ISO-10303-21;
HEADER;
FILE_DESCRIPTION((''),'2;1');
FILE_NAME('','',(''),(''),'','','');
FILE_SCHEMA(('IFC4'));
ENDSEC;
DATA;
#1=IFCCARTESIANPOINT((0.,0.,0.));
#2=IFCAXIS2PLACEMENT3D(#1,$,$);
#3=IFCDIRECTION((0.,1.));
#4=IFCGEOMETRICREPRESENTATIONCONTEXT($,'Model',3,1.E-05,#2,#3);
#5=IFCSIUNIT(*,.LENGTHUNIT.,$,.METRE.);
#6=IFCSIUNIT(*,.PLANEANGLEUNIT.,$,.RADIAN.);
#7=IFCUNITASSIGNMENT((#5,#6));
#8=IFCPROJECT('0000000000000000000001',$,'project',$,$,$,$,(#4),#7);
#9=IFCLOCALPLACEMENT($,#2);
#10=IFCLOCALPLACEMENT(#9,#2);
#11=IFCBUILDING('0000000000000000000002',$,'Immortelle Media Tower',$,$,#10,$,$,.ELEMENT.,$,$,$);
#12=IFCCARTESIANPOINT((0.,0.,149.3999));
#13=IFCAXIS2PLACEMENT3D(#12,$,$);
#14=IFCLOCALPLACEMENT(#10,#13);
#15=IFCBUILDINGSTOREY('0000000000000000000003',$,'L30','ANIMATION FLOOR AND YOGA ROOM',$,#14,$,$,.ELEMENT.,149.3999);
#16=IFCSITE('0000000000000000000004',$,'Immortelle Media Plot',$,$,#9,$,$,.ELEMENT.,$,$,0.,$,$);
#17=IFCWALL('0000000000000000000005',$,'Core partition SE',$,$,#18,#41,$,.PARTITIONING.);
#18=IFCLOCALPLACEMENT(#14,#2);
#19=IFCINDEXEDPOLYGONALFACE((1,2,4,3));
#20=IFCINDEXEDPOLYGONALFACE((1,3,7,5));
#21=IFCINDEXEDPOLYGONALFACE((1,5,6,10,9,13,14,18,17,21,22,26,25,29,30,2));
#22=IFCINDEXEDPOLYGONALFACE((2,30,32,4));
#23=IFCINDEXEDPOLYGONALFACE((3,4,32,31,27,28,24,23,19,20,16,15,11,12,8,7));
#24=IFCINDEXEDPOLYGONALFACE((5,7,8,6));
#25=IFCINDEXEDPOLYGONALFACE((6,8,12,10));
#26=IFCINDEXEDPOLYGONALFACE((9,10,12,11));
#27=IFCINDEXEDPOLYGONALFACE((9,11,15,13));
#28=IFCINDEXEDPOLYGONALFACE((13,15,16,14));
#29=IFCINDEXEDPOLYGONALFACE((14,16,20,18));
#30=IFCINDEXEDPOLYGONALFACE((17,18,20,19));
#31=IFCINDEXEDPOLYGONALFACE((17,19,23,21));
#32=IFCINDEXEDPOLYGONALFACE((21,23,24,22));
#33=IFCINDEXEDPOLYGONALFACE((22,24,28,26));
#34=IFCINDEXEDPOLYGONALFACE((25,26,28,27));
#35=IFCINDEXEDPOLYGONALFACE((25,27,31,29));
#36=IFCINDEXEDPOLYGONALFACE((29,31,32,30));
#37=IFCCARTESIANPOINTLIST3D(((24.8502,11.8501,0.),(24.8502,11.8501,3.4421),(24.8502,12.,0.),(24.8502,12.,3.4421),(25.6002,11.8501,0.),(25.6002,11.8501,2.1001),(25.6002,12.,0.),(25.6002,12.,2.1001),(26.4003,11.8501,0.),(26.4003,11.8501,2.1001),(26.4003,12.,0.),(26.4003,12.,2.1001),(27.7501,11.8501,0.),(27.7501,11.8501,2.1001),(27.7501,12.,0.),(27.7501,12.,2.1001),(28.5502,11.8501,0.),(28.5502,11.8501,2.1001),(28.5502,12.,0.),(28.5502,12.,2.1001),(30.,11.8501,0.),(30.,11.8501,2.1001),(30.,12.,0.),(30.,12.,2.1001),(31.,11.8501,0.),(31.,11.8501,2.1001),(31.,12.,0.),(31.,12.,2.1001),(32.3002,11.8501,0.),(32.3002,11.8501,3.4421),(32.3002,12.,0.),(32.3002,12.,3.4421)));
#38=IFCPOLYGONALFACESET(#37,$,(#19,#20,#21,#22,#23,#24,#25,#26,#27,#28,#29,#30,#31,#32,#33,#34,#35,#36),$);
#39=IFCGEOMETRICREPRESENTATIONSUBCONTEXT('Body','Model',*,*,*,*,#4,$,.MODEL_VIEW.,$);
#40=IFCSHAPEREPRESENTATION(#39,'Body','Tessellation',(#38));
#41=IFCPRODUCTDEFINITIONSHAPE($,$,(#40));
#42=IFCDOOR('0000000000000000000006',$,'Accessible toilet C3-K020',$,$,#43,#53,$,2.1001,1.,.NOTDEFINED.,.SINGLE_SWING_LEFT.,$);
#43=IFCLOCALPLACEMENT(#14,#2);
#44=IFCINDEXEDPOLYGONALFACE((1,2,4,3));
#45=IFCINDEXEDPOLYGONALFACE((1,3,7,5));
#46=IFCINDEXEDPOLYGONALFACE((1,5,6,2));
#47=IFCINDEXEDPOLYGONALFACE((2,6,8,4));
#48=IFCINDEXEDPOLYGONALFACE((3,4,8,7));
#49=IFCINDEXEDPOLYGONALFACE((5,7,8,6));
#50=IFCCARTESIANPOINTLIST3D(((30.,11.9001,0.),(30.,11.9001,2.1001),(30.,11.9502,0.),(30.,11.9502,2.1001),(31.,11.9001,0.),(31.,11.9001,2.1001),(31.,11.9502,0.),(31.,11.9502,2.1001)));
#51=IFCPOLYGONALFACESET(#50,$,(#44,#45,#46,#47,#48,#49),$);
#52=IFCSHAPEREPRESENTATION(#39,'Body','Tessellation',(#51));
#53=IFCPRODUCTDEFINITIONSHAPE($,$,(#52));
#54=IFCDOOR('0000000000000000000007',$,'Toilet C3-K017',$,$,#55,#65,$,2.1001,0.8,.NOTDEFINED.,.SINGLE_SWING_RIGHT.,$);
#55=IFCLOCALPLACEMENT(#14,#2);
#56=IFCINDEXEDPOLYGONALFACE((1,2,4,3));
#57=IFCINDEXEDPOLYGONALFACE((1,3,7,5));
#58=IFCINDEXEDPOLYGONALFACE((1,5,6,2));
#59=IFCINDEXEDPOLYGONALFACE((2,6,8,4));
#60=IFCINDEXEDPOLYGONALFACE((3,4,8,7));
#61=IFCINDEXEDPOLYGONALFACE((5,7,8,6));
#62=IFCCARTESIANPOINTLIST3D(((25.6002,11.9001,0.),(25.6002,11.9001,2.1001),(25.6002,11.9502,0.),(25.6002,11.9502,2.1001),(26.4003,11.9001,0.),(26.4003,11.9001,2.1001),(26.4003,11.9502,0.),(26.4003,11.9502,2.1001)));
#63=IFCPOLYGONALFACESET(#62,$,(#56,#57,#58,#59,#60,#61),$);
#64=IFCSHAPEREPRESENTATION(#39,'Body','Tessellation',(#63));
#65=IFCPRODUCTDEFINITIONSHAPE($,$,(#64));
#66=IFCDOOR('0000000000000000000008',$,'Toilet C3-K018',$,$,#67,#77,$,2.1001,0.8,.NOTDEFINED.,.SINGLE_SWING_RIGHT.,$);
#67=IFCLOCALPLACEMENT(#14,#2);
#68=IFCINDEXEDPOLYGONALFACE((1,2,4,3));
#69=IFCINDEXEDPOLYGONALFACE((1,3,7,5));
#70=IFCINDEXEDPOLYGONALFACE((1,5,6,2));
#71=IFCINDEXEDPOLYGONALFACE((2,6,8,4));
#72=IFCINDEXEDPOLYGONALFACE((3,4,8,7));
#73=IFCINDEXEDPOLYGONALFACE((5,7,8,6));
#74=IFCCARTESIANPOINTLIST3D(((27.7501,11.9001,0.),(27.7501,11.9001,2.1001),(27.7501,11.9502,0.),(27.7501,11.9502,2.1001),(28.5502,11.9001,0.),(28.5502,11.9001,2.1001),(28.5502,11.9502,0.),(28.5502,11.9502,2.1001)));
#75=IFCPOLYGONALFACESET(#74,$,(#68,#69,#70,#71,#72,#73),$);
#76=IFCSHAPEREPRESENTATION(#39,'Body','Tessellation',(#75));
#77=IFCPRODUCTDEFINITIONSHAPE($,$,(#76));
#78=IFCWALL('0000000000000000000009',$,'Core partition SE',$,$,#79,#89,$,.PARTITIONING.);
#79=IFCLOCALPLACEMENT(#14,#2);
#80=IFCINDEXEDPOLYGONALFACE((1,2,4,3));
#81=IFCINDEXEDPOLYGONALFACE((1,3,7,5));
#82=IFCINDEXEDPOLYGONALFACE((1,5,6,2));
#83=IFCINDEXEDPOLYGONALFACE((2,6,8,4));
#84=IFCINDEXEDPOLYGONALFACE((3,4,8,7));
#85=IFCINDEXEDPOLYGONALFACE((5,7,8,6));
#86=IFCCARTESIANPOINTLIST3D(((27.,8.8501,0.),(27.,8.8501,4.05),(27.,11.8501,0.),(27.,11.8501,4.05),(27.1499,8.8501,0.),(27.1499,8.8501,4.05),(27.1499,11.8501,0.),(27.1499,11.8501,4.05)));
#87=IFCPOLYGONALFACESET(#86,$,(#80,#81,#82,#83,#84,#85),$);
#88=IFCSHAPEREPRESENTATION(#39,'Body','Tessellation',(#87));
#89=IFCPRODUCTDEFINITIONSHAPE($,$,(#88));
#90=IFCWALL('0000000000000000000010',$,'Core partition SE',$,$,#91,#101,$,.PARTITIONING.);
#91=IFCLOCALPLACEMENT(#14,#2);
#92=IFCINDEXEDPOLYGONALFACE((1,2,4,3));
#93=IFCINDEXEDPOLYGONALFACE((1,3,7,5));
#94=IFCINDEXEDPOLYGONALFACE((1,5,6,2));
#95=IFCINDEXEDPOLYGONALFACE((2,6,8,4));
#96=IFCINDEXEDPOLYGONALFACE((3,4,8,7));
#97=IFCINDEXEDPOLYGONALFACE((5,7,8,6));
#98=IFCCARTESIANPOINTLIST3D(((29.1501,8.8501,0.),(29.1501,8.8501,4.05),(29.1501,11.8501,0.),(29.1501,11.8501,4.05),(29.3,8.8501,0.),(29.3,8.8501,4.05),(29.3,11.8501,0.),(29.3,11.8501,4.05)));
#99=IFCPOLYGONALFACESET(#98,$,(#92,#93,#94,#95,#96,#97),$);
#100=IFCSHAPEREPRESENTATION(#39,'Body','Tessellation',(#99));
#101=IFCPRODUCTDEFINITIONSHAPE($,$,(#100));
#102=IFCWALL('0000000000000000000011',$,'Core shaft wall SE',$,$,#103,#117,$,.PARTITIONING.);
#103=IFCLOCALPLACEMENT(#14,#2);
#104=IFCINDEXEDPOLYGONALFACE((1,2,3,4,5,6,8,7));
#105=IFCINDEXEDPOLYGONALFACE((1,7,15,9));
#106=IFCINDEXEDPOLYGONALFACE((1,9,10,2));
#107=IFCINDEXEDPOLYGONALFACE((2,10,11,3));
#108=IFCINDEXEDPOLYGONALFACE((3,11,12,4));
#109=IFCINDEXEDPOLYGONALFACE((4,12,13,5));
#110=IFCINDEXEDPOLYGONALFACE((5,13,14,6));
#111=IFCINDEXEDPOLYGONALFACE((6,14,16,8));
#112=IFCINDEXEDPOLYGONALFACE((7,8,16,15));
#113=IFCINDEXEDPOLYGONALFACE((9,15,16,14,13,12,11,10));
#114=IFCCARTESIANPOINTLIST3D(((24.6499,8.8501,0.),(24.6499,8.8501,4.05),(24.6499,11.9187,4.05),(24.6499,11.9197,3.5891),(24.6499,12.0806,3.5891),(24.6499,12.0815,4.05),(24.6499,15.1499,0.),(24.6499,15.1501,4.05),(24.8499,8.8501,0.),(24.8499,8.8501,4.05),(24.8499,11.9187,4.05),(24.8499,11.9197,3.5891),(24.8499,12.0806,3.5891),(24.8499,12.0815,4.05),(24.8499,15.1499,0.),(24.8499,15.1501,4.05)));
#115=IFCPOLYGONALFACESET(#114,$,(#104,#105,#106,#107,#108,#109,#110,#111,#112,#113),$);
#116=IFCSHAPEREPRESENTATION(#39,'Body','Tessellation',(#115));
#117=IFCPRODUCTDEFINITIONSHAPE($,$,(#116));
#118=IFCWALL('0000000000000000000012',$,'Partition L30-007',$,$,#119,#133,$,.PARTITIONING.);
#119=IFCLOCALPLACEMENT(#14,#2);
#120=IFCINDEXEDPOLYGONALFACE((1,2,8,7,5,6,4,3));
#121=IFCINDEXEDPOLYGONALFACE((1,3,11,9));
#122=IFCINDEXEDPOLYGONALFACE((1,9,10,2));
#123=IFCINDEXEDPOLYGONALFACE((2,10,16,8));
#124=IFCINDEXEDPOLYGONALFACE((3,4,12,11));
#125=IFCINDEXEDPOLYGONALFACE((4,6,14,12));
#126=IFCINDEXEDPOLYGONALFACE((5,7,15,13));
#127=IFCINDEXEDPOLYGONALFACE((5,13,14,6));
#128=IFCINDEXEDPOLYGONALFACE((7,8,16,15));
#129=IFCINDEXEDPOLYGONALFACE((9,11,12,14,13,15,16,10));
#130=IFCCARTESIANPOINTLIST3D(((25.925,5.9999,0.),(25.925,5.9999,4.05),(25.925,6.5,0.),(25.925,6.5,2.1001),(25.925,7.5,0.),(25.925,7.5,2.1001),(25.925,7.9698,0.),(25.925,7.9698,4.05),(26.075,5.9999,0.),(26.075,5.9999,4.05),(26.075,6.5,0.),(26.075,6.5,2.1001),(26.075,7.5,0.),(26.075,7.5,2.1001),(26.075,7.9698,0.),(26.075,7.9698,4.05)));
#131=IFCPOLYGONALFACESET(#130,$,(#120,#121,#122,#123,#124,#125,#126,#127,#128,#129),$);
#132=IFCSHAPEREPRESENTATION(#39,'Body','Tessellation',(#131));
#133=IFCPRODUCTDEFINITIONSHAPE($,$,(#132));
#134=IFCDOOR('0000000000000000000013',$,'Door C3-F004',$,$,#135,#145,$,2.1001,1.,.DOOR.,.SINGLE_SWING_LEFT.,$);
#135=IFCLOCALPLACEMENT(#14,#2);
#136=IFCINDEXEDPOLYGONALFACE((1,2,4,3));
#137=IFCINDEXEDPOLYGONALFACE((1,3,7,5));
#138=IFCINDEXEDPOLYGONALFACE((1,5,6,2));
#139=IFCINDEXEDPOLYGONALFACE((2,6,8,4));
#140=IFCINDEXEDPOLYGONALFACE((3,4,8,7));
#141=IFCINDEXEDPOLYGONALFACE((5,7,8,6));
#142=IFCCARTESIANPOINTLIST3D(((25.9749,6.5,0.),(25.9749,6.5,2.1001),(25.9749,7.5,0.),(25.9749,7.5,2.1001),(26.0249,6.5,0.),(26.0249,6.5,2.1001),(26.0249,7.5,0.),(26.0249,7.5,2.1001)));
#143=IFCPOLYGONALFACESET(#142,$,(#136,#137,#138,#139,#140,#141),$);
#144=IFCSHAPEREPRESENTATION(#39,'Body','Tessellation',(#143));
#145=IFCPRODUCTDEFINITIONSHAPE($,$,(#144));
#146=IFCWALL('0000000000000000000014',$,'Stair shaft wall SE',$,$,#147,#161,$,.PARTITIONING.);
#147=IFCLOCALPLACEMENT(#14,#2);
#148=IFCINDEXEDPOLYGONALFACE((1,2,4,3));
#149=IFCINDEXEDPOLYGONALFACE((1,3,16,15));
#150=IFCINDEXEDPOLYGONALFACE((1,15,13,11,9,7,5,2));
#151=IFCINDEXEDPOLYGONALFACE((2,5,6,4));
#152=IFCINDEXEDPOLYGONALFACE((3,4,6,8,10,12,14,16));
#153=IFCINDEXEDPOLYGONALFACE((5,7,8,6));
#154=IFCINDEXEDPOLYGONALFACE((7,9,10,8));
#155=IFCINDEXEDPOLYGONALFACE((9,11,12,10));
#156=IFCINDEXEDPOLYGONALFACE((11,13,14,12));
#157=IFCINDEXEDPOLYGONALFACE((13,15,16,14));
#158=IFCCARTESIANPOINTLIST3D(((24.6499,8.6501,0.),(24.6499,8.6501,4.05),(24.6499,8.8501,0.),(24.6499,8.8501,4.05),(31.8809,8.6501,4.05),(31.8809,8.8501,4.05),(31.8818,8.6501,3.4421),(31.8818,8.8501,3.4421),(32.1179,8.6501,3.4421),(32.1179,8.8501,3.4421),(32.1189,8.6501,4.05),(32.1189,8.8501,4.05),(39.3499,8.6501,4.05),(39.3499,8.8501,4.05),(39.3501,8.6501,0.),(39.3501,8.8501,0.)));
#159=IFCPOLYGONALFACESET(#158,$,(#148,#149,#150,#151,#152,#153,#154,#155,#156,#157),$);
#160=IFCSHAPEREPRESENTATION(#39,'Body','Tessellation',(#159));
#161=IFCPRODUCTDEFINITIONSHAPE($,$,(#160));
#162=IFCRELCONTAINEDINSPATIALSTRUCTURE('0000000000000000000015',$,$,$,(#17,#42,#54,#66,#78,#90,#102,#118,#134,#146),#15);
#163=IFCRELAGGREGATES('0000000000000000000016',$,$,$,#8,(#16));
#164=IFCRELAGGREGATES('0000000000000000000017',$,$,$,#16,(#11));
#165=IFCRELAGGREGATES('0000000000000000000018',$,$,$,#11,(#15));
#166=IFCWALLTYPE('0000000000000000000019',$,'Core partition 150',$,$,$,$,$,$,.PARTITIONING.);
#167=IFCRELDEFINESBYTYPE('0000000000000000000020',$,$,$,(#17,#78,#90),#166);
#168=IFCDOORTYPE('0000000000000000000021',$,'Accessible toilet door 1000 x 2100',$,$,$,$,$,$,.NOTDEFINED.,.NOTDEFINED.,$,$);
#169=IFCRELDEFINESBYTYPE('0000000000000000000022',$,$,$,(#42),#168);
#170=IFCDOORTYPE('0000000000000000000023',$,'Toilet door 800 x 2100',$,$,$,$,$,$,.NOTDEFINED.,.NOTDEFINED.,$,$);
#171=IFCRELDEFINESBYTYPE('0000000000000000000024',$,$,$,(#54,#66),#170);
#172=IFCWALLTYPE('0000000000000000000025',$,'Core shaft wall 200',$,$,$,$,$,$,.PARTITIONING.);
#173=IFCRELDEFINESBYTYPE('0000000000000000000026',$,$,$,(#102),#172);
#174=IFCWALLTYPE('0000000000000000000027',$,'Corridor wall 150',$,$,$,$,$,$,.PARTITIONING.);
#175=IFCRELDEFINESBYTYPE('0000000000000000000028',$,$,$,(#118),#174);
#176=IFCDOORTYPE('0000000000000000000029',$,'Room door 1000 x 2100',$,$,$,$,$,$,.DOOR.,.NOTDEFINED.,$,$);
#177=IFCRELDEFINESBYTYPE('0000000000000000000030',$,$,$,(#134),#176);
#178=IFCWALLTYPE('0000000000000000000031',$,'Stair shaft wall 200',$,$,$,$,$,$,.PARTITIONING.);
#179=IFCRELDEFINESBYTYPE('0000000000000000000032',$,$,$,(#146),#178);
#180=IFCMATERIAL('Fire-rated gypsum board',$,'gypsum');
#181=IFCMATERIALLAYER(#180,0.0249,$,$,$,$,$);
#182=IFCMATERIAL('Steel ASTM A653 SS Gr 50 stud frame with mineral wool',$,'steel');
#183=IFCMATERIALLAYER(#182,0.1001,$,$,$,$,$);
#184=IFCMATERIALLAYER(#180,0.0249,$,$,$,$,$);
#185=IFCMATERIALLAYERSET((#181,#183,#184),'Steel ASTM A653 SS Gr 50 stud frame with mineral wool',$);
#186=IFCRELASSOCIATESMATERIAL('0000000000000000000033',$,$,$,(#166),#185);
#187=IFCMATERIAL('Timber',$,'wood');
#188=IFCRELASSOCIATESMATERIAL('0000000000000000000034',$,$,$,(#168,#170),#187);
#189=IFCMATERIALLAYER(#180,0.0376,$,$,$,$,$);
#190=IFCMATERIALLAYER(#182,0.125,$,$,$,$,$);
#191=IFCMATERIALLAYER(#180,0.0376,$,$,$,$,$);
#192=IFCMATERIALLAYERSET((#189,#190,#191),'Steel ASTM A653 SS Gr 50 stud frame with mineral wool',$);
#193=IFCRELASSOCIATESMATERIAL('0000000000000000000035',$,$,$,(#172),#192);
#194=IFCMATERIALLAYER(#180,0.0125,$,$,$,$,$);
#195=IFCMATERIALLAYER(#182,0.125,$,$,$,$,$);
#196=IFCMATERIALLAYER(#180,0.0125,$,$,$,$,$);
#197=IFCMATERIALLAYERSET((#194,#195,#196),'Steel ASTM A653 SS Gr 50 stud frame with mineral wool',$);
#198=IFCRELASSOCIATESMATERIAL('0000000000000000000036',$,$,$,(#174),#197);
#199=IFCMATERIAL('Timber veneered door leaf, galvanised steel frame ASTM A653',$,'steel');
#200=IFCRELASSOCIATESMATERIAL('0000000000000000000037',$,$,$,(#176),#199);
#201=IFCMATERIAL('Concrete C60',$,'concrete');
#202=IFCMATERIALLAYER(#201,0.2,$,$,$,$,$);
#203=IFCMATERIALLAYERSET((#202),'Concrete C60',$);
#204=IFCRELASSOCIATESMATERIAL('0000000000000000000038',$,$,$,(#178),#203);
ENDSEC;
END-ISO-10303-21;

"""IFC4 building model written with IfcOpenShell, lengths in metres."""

from ifc_helpers import new_model, si_unit, direction, frame, frame_2d, origin, place, context, subcontext, project, spatial, polyline, rectangle, outline, extrude, material, layer, layer_set, type_object, element, fill, save


model = new_model("IFC4")

# Units and contexts
model_context = context("Model", 3, precision=1e-05, world=origin(), true_north=direction((0.0, 1.0)))
body_context = subcontext(model_context, "Body", "Model", "MODEL_VIEW")
ifc_project = project(units=[si_unit("LENGTHUNIT", "METRE"), si_unit("PLANEANGLEUNIT", "RADIAN")], contexts=[model_context])

# Site, building, storey
site_placement = place(None, origin())
site = spatial("IfcSite", under=ifc_project, at=site_placement, Name="Immortelle Media Plot", CompositionType="ELEMENT", RefElevation=0.0)
building_placement = place(site_placement, origin())
building = spatial("IfcBuilding", under=site, at=building_placement, Name="Immortelle Media Tower", CompositionType="ELEMENT")
storey_placement = place(building_placement, frame((0.0, 0.0, 149.3999)))
storey = spatial("IfcBuildingStorey", under=building, at=storey_placement, Name="L30", Description="ANIMATION FLOOR AND YOGA ROOM", CompositionType="ELEMENT", Elevation=149.3999)

# Wall, openings, doors
ifc_material_1 = material(Name="Fire-rated gypsum board", Category="gypsum")
ifc_layer_1 = layer(ifc_material_1, 0.0249)
ifc_material_2 = material(Name="Steel ASTM A653 SS Gr 50 stud frame with mineral wool", Category="steel")
ifc_layer_2 = layer(ifc_material_2, 0.1001)
ifc_layer_3 = layer(ifc_material_1, 0.0249)
ifc_layer_set_1 = layer_set([ifc_layer_1, ifc_layer_2, ifc_layer_3], Name="Steel ASTM A653 SS Gr 50 stud frame with mineral wool")
wall_type_1 = type_object("IfcWallType", Name="Core partition 150", PredefinedType="PARTITIONING", material=ifc_layer_set_1)
wall_1_placement = place(storey_placement, frame((24.8501, 11.925, 0.0), z_axis=(0.0, 0.0, 1.0), x_axis=(1.0, 0.0, 0.0)))
wall_1 = element("IfcWall", 1, at=wall_1_placement, inside=storey, type_object=wall_type_1, Name="Core partition SE", PredefinedType="PARTITIONING", context=body_context, shape_type="SweptSolid", body=[
    extrude(rectangle(XDim=7.45, YDim=0.1499, at=frame_2d((3.7251, 0.0))), origin(), (0.0, 0.0, 1.0), 3.4421),
])
opening_1_placement = place(wall_1_placement, frame((1.55, 0.0, 0.0), z_axis=(0.0, 0.0, 1.0), x_axis=(-1.0, 0.0, 0.0)))
opening_1 = element("IfcOpeningElement", 2, at=opening_1_placement, cuts=wall_1, PredefinedType="OPENING", context=body_context, shape_type="SweptSolid", body=[
    extrude(rectangle(XDim=0.8, YDim=2.1001, at=frame_2d((0.3999, 1.05))), frame((0.0, 0.085, 0.0), z_axis=(0.0, -1.0, 0.0), x_axis=(1.0, 0.0, 0.0)), (0.0, 0.0, 1.0), 0.1699),
])
opening_2_placement = place(wall_1_placement, frame((3.7, 0.0, 0.0), z_axis=(0.0, 0.0, 1.0), x_axis=(-1.0, 0.0, 0.0)))
opening_2 = element("IfcOpeningElement", 3, at=opening_2_placement, cuts=wall_1, PredefinedType="OPENING", context=body_context, shape_type="SweptSolid", body=[
    extrude(rectangle(XDim=0.8, YDim=2.1001, at=frame_2d((0.3999, 1.05))), frame((0.0, 0.085, 0.0), z_axis=(0.0, -1.0, 0.0), x_axis=(1.0, 0.0, 0.0)), (0.0, 0.0, 1.0), 0.1699),
])
opening_3_placement = place(wall_1_placement, frame((6.1499, 0.0, 0.0), z_axis=(0.0, 0.0, 1.0), x_axis=(-1.0, 0.0, 0.0)))
opening_3 = element("IfcOpeningElement", 4, at=opening_3_placement, cuts=wall_1, PredefinedType="OPENING", context=body_context, shape_type="SweptSolid", body=[
    extrude(rectangle(XDim=1.0, YDim=2.1001, at=frame_2d((0.5, 1.05))), frame((0.0, 0.085, 0.0), z_axis=(0.0, -1.0, 0.0), x_axis=(1.0, 0.0, 0.0)), (0.0, 0.0, 1.0), 0.1699),
])
ifc_material_3 = material(Name="Timber", Category="wood")
door_type_1 = type_object("IfcDoorType", Name="Accessible toilet door 1000 x 2100", OperationType="NOTDEFINED", PredefinedType="NOTDEFINED", material=ifc_material_3)
door_1_placement = place(opening_3_placement, origin())
door_1 = element("IfcDoor", 5, at=door_1_placement, inside=storey, type_object=door_type_1, Name="Accessible toilet C3-K020", OperationType="SINGLE_SWING_LEFT", OverallHeight=2.1001, OverallWidth=1.0, PredefinedType="NOTDEFINED", context=body_context, shape_type="SweptSolid", body=[
    extrude(rectangle(XDim=1.0, YDim=2.1001, at=frame_2d((0.5, 1.05))), frame((0.0, 0.0249, 0.0), z_axis=(0.0, -1.0, 0.0), x_axis=(1.0, 0.0, 0.0)), (0.0, 0.0, 1.0), 0.05),
])
fill(opening_3, door_1)
door_type_2 = type_object("IfcDoorType", Name="Toilet door 800 x 2100", OperationType="NOTDEFINED", PredefinedType="NOTDEFINED", material=ifc_material_3)
door_2_placement = place(opening_1_placement, origin())
door_2 = element("IfcDoor", 6, at=door_2_placement, inside=storey, type_object=door_type_2, Name="Toilet C3-K017", OperationType="SINGLE_SWING_RIGHT", OverallHeight=2.1001, OverallWidth=0.8, PredefinedType="NOTDEFINED", context=body_context, shape_type="SweptSolid", body=[
    extrude(rectangle(XDim=0.8, YDim=2.1001, at=frame_2d((0.3999, 1.05))), frame((0.0, 0.0249, 0.0), z_axis=(0.0, -1.0, 0.0), x_axis=(1.0, 0.0, 0.0)), (0.0, 0.0, 1.0), 0.05),
])
fill(opening_1, door_2)
door_3_placement = place(opening_2_placement, origin())
door_3 = element("IfcDoor", 7, at=door_3_placement, inside=storey, type_object=door_type_2, Name="Toilet C3-K018", OperationType="SINGLE_SWING_RIGHT", OverallHeight=2.1001, OverallWidth=0.8, PredefinedType="NOTDEFINED", context=body_context, shape_type="SweptSolid", body=[
    extrude(rectangle(XDim=0.8, YDim=2.1001, at=frame_2d((0.3999, 1.05))), frame((0.0, 0.0249, 0.0), z_axis=(0.0, -1.0, 0.0), x_axis=(1.0, 0.0, 0.0)), (0.0, 0.0, 1.0), 0.05),
])
fill(opening_2, door_3)

# Walls
for number, where, z_axis, x_axis, name in (
    (8, (27.075, 8.8501, 0.0), (0.0, 0.0, 1.0), (0.0, 1.0, 0.0), "Core partition SE"),
    (9, (29.2251, 8.8501, 0.0), (0.0, 0.0, 1.0), (0.0, 1.0, 0.0), "Core partition SE"),
):
    element("IfcWall", number, at=place(storey_placement, frame(where, z_axis=z_axis, x_axis=x_axis)), inside=storey, type_object=wall_type_1, Name=name, PredefinedType="PARTITIONING", context=body_context, shape_type="SweptSolid", body=[
        extrude(rectangle(XDim=3.0, YDim=0.1499, at=frame_2d((1.5, 0.0))), origin(), (0.0, 0.0, 1.0), 4.05),
    ])
ifc_layer_4 = layer(ifc_material_1, 0.0376)
ifc_layer_5 = layer(ifc_material_2, 0.125)
ifc_layer_6 = layer(ifc_material_1, 0.0376)
ifc_layer_set_2 = layer_set([ifc_layer_4, ifc_layer_5, ifc_layer_6], Name="Steel ASTM A653 SS Gr 50 stud frame with mineral wool")
wall_type_2 = type_object("IfcWallType", Name="Core shaft wall 200", PredefinedType="PARTITIONING", material=ifc_layer_set_2)
wall_2_placement = place(storey_placement, frame((24.75, 8.8501, 0.0), z_axis=(0.0, 0.0, 1.0), x_axis=(0.0, 1.0, 0.0)))
element("IfcWall", 10, at=wall_2_placement, inside=storey, type_object=wall_type_2, Name="Core shaft wall SE", PredefinedType="PARTITIONING", context=body_context, shape_type="SweptSolid", body=[
    extrude(outline(polyline([(0.0, 0.0), (6.2998, 0.0), (6.3, 4.05), (3.2314, 4.05), (3.2305, 3.5891), (3.0696, 3.5891), (3.0686, 4.05), (0.0, 4.05), (0.0, 0.0)])), frame((0.0, 0.1001, 0.0), z_axis=(0.0, -1.0, 0.0), x_axis=(1.0, 0.0, 0.0)), (0.0, 0.0, 1.0), 0.2),
])

# Wall, opening, door
ifc_layer_7 = layer(ifc_material_1, 0.0125)
ifc_layer_8 = layer(ifc_material_2, 0.125)
ifc_layer_9 = layer(ifc_material_1, 0.0125)
ifc_layer_set_3 = layer_set([ifc_layer_7, ifc_layer_8, ifc_layer_9], Name="Steel ASTM A653 SS Gr 50 stud frame with mineral wool")
wall_type_3 = type_object("IfcWallType", Name="Corridor wall 150", PredefinedType="PARTITIONING", material=ifc_layer_set_3)
wall_3_placement = place(storey_placement, frame((26.0, 6.0, 0.0), z_axis=(0.0, 0.0, 1.0), x_axis=(0.0, 1.0, 0.0)))
wall_3 = element("IfcWall", 11, at=wall_3_placement, inside=storey, type_object=wall_type_3, Name="Partition L30-007", PredefinedType="PARTITIONING", context=body_context, shape_type="SweptSolid", body=[
    extrude(rectangle(XDim=1.97, YDim=0.1499, at=frame_2d((0.9849, 0.0))), origin(), (0.0, 0.0, 1.0), 4.05),
])
opening_4_placement = place(wall_3_placement, frame((1.5, 0.0, 0.0), z_axis=(0.0, 0.0, 1.0), x_axis=(-1.0, 0.0, 0.0)))
opening_4 = element("IfcOpeningElement", 12, at=opening_4_placement, cuts=wall_3, PredefinedType="OPENING", context=body_context, shape_type="SweptSolid", body=[
    extrude(rectangle(XDim=1.0, YDim=2.1001, at=frame_2d((0.5, 1.05))), frame((0.0, 0.085, 0.0), z_axis=(0.0, -1.0, 0.0), x_axis=(1.0, 0.0, 0.0)), (0.0, 0.0, 1.0), 0.1699),
])
ifc_material_4 = material(Name="Timber veneered door leaf, galvanised steel frame ASTM A653", Category="steel")
door_type_3 = type_object("IfcDoorType", Name="Room door 1000 x 2100", OperationType="NOTDEFINED", PredefinedType="DOOR", material=ifc_material_4)
door_4_placement = place(opening_4_placement, origin())
door_4 = element("IfcDoor", 13, at=door_4_placement, inside=storey, type_object=door_type_3, Name="Door C3-F004", OperationType="SINGLE_SWING_LEFT", OverallHeight=2.1001, OverallWidth=1.0, PredefinedType="DOOR", context=body_context, shape_type="SweptSolid", body=[
    extrude(rectangle(XDim=1.0, YDim=2.1001, at=frame_2d((0.5, 1.05))), frame((0.0, 0.0249, 0.0), z_axis=(0.0, -1.0, 0.0), x_axis=(1.0, 0.0, 0.0)), (0.0, 0.0, 1.0), 0.05),
])
fill(opening_4, door_4)

# Wall
ifc_material_5 = material(Name="Concrete C60", Category="concrete")
ifc_layer_10 = layer(ifc_material_5, 0.2)
ifc_layer_set_4 = layer_set([ifc_layer_10], Name="Concrete C60")
wall_type_4 = type_object("IfcWallType", Name="Stair shaft wall 200", PredefinedType="PARTITIONING", material=ifc_layer_set_4)
wall_4_placement = place(storey_placement, frame((24.6499, 8.75, 0.0), z_axis=(0.0, 0.0, 1.0), x_axis=(1.0, 0.0, 0.0)))
element("IfcWall", 14, at=wall_4_placement, inside=storey, type_object=wall_type_4, Name="Stair shaft wall SE", PredefinedType="PARTITIONING", context=body_context, shape_type="SweptSolid", body=[
    extrude(outline(polyline([(0.0, 0.0), (14.7002, 0.0), (14.7, 4.05), (7.469, 4.05), (7.468, 3.4421), (7.2319, 3.4421), (7.231, 4.05), (0.0, 4.05), (0.0, 0.0)])), frame((0.0, 0.1001, 0.0), z_axis=(0.0, -1.0, 0.0), x_axis=(1.0, 0.0, 0.0)), (0.0, 0.0, 1.0), 0.2),
])

save(model, "model.ifc")
